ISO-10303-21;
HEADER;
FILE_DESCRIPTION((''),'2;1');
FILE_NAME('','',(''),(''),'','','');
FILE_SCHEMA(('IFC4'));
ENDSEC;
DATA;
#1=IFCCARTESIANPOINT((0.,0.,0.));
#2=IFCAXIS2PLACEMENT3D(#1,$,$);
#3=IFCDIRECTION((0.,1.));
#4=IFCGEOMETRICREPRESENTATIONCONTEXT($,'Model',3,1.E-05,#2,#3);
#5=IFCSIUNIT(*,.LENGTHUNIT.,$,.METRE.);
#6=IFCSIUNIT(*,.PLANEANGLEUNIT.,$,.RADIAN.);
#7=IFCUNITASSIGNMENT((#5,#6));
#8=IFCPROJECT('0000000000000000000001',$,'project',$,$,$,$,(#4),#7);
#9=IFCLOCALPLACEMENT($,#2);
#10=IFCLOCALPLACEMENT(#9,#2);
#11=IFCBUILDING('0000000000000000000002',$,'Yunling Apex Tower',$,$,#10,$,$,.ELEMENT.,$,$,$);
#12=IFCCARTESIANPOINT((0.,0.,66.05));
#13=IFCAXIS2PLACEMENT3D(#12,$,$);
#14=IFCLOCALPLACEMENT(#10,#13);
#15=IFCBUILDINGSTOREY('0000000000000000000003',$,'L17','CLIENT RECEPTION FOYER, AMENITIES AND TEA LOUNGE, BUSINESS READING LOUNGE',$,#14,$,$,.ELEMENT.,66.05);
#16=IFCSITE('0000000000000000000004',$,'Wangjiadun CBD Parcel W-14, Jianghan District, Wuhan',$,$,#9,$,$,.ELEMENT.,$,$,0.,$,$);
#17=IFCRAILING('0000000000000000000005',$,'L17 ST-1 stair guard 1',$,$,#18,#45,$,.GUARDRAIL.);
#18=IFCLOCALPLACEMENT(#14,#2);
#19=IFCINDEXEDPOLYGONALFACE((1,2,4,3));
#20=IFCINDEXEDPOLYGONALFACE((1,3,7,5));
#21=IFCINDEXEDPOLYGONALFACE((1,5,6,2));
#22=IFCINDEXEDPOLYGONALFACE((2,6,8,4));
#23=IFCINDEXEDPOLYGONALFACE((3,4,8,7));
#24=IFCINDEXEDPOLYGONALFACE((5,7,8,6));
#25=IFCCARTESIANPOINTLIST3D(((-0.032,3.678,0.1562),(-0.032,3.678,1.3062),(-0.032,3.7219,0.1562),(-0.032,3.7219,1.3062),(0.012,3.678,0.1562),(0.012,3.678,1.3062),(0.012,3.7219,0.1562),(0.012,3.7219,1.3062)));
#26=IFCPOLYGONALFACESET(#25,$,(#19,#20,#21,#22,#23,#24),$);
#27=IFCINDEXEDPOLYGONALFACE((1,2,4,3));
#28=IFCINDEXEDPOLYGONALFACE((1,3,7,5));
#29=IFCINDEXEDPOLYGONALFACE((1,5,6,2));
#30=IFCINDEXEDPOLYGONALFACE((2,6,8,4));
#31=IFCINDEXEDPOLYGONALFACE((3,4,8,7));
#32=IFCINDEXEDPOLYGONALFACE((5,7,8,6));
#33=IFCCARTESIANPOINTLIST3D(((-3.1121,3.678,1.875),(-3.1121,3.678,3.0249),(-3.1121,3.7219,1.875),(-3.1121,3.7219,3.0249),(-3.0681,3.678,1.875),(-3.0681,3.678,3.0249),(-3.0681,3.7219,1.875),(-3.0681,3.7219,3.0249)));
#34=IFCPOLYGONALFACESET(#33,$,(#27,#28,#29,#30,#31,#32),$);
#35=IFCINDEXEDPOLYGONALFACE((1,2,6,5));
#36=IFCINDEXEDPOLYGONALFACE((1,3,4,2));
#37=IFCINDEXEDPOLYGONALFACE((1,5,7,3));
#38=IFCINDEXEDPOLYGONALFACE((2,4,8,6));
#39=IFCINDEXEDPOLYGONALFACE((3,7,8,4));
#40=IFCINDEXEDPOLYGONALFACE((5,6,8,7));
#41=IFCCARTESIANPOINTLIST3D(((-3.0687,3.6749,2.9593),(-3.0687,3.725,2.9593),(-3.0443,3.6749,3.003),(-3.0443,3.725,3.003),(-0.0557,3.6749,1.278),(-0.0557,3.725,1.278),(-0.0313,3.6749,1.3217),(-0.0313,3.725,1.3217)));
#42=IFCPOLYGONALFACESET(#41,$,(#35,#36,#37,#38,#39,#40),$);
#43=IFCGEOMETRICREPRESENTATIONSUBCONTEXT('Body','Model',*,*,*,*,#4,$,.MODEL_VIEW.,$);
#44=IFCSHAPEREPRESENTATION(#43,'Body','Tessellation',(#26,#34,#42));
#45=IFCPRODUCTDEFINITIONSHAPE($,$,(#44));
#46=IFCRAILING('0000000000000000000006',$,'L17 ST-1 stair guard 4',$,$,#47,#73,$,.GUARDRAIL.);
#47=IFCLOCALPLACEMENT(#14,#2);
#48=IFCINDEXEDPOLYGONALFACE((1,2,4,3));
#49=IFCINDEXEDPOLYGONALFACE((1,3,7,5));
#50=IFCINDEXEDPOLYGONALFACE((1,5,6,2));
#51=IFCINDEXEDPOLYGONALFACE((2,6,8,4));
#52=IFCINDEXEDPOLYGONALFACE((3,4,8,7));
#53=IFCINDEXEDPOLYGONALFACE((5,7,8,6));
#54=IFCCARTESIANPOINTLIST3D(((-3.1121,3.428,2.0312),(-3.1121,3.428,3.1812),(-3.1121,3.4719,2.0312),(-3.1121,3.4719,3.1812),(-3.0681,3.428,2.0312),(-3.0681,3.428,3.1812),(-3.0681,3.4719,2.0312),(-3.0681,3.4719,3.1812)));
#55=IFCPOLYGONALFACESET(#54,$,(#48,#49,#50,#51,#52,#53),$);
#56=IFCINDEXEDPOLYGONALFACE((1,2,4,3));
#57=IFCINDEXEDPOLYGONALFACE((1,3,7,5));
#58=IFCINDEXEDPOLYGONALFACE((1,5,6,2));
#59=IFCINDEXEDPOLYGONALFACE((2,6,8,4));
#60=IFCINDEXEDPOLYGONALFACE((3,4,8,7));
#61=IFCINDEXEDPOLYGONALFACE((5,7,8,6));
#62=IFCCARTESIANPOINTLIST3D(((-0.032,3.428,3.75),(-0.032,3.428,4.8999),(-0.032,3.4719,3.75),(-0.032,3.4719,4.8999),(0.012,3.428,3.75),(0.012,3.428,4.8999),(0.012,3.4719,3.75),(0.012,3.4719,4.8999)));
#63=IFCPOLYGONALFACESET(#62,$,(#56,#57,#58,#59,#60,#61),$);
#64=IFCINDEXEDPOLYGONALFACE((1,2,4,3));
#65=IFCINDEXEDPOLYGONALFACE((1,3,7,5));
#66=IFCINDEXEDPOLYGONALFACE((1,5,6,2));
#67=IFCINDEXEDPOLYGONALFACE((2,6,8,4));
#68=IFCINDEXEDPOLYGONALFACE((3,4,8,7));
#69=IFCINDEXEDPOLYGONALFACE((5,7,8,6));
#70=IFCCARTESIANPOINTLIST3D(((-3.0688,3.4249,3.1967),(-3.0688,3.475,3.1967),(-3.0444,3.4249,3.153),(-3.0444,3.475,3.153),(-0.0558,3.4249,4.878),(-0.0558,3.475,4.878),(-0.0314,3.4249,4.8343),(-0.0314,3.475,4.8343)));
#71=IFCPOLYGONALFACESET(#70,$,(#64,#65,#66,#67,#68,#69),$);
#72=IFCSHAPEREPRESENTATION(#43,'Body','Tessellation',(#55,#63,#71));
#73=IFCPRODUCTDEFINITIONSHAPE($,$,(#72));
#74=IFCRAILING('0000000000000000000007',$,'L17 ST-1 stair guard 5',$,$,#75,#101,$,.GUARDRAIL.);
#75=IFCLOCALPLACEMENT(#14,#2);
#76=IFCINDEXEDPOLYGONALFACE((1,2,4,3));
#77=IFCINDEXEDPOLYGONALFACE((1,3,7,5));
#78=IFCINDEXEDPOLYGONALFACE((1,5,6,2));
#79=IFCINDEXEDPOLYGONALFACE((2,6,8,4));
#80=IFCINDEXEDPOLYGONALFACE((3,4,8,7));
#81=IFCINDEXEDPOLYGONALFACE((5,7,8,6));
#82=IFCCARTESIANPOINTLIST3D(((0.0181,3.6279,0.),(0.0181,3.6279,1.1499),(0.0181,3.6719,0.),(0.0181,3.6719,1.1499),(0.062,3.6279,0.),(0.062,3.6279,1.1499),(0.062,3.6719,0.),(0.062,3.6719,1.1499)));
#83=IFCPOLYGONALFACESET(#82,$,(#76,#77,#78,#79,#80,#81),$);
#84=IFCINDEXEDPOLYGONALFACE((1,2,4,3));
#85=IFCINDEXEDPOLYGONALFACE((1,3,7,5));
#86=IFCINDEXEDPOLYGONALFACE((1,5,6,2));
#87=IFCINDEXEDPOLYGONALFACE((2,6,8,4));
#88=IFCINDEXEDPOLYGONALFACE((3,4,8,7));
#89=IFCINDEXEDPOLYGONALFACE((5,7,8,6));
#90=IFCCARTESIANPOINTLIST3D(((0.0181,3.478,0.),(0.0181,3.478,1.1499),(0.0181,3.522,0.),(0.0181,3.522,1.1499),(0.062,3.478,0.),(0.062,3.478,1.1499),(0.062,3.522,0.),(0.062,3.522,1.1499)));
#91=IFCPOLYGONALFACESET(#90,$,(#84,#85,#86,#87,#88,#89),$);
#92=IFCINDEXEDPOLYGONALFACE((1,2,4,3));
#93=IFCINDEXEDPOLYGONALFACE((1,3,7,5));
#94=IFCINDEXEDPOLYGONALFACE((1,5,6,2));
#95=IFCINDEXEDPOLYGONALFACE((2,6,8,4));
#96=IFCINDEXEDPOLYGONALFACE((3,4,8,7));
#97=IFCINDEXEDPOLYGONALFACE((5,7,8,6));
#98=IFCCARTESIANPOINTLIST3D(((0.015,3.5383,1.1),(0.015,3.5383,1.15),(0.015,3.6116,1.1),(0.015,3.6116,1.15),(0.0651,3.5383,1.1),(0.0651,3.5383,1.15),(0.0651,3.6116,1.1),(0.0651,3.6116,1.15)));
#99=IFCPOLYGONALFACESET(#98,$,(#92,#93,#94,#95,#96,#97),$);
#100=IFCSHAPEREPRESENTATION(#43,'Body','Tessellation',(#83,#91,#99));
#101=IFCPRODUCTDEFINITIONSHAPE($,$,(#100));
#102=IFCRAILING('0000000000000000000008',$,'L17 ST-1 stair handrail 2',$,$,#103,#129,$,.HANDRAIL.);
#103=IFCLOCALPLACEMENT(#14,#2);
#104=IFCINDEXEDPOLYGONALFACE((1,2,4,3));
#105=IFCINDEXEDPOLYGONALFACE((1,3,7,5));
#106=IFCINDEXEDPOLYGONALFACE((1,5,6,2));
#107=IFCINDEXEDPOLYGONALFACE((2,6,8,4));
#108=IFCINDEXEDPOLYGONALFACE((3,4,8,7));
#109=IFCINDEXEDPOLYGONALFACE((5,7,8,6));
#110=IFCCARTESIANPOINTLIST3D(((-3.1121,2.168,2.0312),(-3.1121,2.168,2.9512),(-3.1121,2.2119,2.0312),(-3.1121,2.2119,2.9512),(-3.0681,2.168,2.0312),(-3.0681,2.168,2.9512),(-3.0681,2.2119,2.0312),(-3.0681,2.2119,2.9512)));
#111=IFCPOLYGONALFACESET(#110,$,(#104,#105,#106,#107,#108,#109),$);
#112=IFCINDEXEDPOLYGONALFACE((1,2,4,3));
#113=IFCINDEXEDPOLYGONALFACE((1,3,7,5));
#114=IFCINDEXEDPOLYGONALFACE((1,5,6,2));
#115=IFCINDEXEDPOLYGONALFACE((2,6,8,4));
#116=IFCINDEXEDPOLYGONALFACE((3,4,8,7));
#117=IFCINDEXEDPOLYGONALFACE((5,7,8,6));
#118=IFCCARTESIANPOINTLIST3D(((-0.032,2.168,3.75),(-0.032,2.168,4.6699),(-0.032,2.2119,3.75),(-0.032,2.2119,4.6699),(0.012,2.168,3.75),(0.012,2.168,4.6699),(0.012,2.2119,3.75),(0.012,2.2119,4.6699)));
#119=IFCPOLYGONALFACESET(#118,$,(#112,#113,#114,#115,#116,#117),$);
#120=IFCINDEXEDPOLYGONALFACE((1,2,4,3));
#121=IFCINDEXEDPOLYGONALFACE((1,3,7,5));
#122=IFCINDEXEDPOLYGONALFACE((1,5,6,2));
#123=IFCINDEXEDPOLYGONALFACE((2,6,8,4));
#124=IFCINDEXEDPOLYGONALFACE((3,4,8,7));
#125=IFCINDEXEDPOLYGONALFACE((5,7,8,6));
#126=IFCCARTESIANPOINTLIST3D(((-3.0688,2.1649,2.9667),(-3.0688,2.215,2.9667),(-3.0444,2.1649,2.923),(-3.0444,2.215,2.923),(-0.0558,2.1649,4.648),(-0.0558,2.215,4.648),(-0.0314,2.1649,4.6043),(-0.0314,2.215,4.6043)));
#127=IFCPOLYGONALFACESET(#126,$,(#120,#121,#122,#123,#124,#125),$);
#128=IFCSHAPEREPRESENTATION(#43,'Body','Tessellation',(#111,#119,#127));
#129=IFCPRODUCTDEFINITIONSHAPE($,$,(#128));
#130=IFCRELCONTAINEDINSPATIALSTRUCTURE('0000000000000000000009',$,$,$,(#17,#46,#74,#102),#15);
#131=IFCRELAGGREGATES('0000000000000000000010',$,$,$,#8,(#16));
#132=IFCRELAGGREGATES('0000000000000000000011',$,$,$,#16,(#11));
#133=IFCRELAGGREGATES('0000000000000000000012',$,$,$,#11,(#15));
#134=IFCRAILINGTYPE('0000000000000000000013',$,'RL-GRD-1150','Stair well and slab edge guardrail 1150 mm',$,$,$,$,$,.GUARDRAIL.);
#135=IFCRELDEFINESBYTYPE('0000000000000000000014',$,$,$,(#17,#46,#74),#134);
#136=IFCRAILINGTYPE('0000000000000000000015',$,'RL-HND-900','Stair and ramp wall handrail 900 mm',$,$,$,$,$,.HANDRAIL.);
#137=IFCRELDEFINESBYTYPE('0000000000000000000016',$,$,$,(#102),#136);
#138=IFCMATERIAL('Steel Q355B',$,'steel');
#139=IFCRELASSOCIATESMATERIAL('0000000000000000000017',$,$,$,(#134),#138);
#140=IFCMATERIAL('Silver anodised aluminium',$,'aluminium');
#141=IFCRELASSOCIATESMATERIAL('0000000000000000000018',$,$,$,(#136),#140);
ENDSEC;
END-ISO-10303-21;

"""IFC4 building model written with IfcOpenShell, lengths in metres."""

from ifc_helpers import new_model, si_unit, direction, frame, origin, origin_2d, place, context, subcontext, project, spatial, rectangle, extrude, material, type_object, element, save


model = new_model("IFC4")

# Units and contexts
model_context = context("Model", 3, precision=1e-05, world=origin(), true_north=direction((0.0, 1.0)))
body_context = subcontext(model_context, "Body", "Model", "MODEL_VIEW")
ifc_project = project(units=[si_unit("LENGTHUNIT", "METRE"), si_unit("PLANEANGLEUNIT", "RADIAN")], contexts=[model_context])

# Site, building, storey
site_placement = place(None, origin())
site = spatial("IfcSite", under=ifc_project, at=site_placement, Name="Wangjiadun CBD Parcel W-14, Jianghan District, Wuhan", CompositionType="ELEMENT", RefElevation=0.0)
building_placement = place(site_placement, origin())
building = spatial("IfcBuilding", under=site, at=building_placement, Name="Yunling Apex Tower", CompositionType="ELEMENT")
storey_placement = place(building_placement, frame((0.0, 0.0, 66.05)))
storey = spatial("IfcBuildingStorey", under=building, at=storey_placement, Name="L17", Description="CLIENT RECEPTION FOYER, AMENITIES AND TEA LOUNGE, BUSINESS READING LOUNGE", CompositionType="ELEMENT", Elevation=66.05)

# Shared definitions
ifc_material_1 = material(Name="Steel Q355B", Category="steel")

# Railings
railing_type_1 = type_object("IfcRailingType", Name="RL-GRD-1150", Description="Stair well and slab edge guardrail 1150 mm", PredefinedType="GUARDRAIL", material=ifc_material_1)
railing_1_placement = place(storey_placement, frame((-0.01, 3.7, 0.1562)))
element("IfcRailing", 1, at=railing_1_placement, inside=storey, type_object=railing_type_1, Name="L17 ST-1 stair guard 1", PredefinedType="GUARDRAIL", context=body_context, shape_type="SweptSolid", body=[
    extrude(rectangle(XDim=0.0439, YDim=0.0439, at=origin_2d()), origin(), (0.0, 0.0, 1.0), 1.1499),
    extrude(rectangle(XDim=0.0439, YDim=0.0439, at=origin_2d()), frame((-3.0801, 0.0, 1.7188)), (0.0, 0.0, 1.0), 1.1499),
    extrude(rectangle(XDim=0.05, YDim=0.05, at=origin_2d()), frame((-0.0334, 0.0, 1.1436), z_axis=(-0.873242, 0.0, 0.487288), x_axis=(0.0, -1.0, 0.0)), (0.0, 0.0, 1.0), 3.4504),
])
railing_2_placement = place(storey_placement, frame((-3.0901, 3.45, 2.0312)))
element("IfcRailing", 2, at=railing_2_placement, inside=storey, type_object=railing_type_1, Name="L17 ST-1 stair guard 4", PredefinedType="GUARDRAIL", context=body_context, shape_type="SweptSolid", body=[
    extrude(rectangle(XDim=0.0439, YDim=0.0439, at=origin_2d()), origin(), (0.0, 0.0, 1.0), 1.1499),
    extrude(rectangle(XDim=0.0439, YDim=0.0439, at=origin_2d()), frame((3.0801, 0.0, 1.7188)), (0.0, 0.0, 1.0), 1.1499),
    extrude(rectangle(XDim=0.05, YDim=0.05, at=origin_2d()), frame((0.0334, 0.0, 1.1436), z_axis=(0.873242, 0.0, 0.487288), x_axis=(0.0, 1.0, 0.0)), (0.0, 0.0, 1.0), 3.4504),
])
railing_3_placement = place(storey_placement, frame((0.04, 3.6499, 0.0)))
element("IfcRailing", 3, at=railing_3_placement, inside=storey, type_object=railing_type_1, Name="L17 ST-1 stair guard 5", PredefinedType="GUARDRAIL", context=body_context, shape_type="SweptSolid", body=[
    extrude(rectangle(XDim=0.0439, YDim=0.0439, at=origin_2d()), origin(), (0.0, 0.0, 1.0), 1.1499),
    extrude(rectangle(XDim=0.0439, YDim=0.0439, at=origin_2d()), frame((0.0, -0.1499, 0.0)), (0.0, 0.0, 1.0), 1.1499),
    extrude(rectangle(XDim=0.05, YDim=0.05, at=origin_2d()), frame((0.0, -0.0383, 1.125), z_axis=(0.0, -1.0, 0.0), x_axis=(1.0, 0.0, 0.0)), (0.0, 0.0, 1.0), 0.0732),
])
ifc_material_2 = material(Name="Silver anodised aluminium", Category="aluminium")
railing_type_2 = type_object("IfcRailingType", Name="RL-HND-900", Description="Stair and ramp wall handrail 900 mm", PredefinedType="HANDRAIL", material=ifc_material_2)
railing_4_placement = place(storey_placement, frame((-3.0901, 2.1899, 2.0312)))
element("IfcRailing", 4, at=railing_4_placement, inside=storey, type_object=railing_type_2, Name="L17 ST-1 stair handrail 2", PredefinedType="HANDRAIL", context=body_context, shape_type="SweptSolid", body=[
    extrude(rectangle(XDim=0.0439, YDim=0.0439, at=origin_2d()), origin(), (0.0, 0.0, 1.0), 0.9199),
    extrude(rectangle(XDim=0.0439, YDim=0.0439, at=origin_2d()), frame((3.0801, 0.0, 1.7188)), (0.0, 0.0, 1.0), 0.9199),
    extrude(rectangle(XDim=0.05, YDim=0.05, at=origin_2d()), frame((0.0334, 0.0, 0.9136), z_axis=(0.873242, 0.0, 0.487288), x_axis=(0.0, 1.0, 0.0)), (0.0, 0.0, 1.0), 3.4504),
])

save(model, "model.ifc")
